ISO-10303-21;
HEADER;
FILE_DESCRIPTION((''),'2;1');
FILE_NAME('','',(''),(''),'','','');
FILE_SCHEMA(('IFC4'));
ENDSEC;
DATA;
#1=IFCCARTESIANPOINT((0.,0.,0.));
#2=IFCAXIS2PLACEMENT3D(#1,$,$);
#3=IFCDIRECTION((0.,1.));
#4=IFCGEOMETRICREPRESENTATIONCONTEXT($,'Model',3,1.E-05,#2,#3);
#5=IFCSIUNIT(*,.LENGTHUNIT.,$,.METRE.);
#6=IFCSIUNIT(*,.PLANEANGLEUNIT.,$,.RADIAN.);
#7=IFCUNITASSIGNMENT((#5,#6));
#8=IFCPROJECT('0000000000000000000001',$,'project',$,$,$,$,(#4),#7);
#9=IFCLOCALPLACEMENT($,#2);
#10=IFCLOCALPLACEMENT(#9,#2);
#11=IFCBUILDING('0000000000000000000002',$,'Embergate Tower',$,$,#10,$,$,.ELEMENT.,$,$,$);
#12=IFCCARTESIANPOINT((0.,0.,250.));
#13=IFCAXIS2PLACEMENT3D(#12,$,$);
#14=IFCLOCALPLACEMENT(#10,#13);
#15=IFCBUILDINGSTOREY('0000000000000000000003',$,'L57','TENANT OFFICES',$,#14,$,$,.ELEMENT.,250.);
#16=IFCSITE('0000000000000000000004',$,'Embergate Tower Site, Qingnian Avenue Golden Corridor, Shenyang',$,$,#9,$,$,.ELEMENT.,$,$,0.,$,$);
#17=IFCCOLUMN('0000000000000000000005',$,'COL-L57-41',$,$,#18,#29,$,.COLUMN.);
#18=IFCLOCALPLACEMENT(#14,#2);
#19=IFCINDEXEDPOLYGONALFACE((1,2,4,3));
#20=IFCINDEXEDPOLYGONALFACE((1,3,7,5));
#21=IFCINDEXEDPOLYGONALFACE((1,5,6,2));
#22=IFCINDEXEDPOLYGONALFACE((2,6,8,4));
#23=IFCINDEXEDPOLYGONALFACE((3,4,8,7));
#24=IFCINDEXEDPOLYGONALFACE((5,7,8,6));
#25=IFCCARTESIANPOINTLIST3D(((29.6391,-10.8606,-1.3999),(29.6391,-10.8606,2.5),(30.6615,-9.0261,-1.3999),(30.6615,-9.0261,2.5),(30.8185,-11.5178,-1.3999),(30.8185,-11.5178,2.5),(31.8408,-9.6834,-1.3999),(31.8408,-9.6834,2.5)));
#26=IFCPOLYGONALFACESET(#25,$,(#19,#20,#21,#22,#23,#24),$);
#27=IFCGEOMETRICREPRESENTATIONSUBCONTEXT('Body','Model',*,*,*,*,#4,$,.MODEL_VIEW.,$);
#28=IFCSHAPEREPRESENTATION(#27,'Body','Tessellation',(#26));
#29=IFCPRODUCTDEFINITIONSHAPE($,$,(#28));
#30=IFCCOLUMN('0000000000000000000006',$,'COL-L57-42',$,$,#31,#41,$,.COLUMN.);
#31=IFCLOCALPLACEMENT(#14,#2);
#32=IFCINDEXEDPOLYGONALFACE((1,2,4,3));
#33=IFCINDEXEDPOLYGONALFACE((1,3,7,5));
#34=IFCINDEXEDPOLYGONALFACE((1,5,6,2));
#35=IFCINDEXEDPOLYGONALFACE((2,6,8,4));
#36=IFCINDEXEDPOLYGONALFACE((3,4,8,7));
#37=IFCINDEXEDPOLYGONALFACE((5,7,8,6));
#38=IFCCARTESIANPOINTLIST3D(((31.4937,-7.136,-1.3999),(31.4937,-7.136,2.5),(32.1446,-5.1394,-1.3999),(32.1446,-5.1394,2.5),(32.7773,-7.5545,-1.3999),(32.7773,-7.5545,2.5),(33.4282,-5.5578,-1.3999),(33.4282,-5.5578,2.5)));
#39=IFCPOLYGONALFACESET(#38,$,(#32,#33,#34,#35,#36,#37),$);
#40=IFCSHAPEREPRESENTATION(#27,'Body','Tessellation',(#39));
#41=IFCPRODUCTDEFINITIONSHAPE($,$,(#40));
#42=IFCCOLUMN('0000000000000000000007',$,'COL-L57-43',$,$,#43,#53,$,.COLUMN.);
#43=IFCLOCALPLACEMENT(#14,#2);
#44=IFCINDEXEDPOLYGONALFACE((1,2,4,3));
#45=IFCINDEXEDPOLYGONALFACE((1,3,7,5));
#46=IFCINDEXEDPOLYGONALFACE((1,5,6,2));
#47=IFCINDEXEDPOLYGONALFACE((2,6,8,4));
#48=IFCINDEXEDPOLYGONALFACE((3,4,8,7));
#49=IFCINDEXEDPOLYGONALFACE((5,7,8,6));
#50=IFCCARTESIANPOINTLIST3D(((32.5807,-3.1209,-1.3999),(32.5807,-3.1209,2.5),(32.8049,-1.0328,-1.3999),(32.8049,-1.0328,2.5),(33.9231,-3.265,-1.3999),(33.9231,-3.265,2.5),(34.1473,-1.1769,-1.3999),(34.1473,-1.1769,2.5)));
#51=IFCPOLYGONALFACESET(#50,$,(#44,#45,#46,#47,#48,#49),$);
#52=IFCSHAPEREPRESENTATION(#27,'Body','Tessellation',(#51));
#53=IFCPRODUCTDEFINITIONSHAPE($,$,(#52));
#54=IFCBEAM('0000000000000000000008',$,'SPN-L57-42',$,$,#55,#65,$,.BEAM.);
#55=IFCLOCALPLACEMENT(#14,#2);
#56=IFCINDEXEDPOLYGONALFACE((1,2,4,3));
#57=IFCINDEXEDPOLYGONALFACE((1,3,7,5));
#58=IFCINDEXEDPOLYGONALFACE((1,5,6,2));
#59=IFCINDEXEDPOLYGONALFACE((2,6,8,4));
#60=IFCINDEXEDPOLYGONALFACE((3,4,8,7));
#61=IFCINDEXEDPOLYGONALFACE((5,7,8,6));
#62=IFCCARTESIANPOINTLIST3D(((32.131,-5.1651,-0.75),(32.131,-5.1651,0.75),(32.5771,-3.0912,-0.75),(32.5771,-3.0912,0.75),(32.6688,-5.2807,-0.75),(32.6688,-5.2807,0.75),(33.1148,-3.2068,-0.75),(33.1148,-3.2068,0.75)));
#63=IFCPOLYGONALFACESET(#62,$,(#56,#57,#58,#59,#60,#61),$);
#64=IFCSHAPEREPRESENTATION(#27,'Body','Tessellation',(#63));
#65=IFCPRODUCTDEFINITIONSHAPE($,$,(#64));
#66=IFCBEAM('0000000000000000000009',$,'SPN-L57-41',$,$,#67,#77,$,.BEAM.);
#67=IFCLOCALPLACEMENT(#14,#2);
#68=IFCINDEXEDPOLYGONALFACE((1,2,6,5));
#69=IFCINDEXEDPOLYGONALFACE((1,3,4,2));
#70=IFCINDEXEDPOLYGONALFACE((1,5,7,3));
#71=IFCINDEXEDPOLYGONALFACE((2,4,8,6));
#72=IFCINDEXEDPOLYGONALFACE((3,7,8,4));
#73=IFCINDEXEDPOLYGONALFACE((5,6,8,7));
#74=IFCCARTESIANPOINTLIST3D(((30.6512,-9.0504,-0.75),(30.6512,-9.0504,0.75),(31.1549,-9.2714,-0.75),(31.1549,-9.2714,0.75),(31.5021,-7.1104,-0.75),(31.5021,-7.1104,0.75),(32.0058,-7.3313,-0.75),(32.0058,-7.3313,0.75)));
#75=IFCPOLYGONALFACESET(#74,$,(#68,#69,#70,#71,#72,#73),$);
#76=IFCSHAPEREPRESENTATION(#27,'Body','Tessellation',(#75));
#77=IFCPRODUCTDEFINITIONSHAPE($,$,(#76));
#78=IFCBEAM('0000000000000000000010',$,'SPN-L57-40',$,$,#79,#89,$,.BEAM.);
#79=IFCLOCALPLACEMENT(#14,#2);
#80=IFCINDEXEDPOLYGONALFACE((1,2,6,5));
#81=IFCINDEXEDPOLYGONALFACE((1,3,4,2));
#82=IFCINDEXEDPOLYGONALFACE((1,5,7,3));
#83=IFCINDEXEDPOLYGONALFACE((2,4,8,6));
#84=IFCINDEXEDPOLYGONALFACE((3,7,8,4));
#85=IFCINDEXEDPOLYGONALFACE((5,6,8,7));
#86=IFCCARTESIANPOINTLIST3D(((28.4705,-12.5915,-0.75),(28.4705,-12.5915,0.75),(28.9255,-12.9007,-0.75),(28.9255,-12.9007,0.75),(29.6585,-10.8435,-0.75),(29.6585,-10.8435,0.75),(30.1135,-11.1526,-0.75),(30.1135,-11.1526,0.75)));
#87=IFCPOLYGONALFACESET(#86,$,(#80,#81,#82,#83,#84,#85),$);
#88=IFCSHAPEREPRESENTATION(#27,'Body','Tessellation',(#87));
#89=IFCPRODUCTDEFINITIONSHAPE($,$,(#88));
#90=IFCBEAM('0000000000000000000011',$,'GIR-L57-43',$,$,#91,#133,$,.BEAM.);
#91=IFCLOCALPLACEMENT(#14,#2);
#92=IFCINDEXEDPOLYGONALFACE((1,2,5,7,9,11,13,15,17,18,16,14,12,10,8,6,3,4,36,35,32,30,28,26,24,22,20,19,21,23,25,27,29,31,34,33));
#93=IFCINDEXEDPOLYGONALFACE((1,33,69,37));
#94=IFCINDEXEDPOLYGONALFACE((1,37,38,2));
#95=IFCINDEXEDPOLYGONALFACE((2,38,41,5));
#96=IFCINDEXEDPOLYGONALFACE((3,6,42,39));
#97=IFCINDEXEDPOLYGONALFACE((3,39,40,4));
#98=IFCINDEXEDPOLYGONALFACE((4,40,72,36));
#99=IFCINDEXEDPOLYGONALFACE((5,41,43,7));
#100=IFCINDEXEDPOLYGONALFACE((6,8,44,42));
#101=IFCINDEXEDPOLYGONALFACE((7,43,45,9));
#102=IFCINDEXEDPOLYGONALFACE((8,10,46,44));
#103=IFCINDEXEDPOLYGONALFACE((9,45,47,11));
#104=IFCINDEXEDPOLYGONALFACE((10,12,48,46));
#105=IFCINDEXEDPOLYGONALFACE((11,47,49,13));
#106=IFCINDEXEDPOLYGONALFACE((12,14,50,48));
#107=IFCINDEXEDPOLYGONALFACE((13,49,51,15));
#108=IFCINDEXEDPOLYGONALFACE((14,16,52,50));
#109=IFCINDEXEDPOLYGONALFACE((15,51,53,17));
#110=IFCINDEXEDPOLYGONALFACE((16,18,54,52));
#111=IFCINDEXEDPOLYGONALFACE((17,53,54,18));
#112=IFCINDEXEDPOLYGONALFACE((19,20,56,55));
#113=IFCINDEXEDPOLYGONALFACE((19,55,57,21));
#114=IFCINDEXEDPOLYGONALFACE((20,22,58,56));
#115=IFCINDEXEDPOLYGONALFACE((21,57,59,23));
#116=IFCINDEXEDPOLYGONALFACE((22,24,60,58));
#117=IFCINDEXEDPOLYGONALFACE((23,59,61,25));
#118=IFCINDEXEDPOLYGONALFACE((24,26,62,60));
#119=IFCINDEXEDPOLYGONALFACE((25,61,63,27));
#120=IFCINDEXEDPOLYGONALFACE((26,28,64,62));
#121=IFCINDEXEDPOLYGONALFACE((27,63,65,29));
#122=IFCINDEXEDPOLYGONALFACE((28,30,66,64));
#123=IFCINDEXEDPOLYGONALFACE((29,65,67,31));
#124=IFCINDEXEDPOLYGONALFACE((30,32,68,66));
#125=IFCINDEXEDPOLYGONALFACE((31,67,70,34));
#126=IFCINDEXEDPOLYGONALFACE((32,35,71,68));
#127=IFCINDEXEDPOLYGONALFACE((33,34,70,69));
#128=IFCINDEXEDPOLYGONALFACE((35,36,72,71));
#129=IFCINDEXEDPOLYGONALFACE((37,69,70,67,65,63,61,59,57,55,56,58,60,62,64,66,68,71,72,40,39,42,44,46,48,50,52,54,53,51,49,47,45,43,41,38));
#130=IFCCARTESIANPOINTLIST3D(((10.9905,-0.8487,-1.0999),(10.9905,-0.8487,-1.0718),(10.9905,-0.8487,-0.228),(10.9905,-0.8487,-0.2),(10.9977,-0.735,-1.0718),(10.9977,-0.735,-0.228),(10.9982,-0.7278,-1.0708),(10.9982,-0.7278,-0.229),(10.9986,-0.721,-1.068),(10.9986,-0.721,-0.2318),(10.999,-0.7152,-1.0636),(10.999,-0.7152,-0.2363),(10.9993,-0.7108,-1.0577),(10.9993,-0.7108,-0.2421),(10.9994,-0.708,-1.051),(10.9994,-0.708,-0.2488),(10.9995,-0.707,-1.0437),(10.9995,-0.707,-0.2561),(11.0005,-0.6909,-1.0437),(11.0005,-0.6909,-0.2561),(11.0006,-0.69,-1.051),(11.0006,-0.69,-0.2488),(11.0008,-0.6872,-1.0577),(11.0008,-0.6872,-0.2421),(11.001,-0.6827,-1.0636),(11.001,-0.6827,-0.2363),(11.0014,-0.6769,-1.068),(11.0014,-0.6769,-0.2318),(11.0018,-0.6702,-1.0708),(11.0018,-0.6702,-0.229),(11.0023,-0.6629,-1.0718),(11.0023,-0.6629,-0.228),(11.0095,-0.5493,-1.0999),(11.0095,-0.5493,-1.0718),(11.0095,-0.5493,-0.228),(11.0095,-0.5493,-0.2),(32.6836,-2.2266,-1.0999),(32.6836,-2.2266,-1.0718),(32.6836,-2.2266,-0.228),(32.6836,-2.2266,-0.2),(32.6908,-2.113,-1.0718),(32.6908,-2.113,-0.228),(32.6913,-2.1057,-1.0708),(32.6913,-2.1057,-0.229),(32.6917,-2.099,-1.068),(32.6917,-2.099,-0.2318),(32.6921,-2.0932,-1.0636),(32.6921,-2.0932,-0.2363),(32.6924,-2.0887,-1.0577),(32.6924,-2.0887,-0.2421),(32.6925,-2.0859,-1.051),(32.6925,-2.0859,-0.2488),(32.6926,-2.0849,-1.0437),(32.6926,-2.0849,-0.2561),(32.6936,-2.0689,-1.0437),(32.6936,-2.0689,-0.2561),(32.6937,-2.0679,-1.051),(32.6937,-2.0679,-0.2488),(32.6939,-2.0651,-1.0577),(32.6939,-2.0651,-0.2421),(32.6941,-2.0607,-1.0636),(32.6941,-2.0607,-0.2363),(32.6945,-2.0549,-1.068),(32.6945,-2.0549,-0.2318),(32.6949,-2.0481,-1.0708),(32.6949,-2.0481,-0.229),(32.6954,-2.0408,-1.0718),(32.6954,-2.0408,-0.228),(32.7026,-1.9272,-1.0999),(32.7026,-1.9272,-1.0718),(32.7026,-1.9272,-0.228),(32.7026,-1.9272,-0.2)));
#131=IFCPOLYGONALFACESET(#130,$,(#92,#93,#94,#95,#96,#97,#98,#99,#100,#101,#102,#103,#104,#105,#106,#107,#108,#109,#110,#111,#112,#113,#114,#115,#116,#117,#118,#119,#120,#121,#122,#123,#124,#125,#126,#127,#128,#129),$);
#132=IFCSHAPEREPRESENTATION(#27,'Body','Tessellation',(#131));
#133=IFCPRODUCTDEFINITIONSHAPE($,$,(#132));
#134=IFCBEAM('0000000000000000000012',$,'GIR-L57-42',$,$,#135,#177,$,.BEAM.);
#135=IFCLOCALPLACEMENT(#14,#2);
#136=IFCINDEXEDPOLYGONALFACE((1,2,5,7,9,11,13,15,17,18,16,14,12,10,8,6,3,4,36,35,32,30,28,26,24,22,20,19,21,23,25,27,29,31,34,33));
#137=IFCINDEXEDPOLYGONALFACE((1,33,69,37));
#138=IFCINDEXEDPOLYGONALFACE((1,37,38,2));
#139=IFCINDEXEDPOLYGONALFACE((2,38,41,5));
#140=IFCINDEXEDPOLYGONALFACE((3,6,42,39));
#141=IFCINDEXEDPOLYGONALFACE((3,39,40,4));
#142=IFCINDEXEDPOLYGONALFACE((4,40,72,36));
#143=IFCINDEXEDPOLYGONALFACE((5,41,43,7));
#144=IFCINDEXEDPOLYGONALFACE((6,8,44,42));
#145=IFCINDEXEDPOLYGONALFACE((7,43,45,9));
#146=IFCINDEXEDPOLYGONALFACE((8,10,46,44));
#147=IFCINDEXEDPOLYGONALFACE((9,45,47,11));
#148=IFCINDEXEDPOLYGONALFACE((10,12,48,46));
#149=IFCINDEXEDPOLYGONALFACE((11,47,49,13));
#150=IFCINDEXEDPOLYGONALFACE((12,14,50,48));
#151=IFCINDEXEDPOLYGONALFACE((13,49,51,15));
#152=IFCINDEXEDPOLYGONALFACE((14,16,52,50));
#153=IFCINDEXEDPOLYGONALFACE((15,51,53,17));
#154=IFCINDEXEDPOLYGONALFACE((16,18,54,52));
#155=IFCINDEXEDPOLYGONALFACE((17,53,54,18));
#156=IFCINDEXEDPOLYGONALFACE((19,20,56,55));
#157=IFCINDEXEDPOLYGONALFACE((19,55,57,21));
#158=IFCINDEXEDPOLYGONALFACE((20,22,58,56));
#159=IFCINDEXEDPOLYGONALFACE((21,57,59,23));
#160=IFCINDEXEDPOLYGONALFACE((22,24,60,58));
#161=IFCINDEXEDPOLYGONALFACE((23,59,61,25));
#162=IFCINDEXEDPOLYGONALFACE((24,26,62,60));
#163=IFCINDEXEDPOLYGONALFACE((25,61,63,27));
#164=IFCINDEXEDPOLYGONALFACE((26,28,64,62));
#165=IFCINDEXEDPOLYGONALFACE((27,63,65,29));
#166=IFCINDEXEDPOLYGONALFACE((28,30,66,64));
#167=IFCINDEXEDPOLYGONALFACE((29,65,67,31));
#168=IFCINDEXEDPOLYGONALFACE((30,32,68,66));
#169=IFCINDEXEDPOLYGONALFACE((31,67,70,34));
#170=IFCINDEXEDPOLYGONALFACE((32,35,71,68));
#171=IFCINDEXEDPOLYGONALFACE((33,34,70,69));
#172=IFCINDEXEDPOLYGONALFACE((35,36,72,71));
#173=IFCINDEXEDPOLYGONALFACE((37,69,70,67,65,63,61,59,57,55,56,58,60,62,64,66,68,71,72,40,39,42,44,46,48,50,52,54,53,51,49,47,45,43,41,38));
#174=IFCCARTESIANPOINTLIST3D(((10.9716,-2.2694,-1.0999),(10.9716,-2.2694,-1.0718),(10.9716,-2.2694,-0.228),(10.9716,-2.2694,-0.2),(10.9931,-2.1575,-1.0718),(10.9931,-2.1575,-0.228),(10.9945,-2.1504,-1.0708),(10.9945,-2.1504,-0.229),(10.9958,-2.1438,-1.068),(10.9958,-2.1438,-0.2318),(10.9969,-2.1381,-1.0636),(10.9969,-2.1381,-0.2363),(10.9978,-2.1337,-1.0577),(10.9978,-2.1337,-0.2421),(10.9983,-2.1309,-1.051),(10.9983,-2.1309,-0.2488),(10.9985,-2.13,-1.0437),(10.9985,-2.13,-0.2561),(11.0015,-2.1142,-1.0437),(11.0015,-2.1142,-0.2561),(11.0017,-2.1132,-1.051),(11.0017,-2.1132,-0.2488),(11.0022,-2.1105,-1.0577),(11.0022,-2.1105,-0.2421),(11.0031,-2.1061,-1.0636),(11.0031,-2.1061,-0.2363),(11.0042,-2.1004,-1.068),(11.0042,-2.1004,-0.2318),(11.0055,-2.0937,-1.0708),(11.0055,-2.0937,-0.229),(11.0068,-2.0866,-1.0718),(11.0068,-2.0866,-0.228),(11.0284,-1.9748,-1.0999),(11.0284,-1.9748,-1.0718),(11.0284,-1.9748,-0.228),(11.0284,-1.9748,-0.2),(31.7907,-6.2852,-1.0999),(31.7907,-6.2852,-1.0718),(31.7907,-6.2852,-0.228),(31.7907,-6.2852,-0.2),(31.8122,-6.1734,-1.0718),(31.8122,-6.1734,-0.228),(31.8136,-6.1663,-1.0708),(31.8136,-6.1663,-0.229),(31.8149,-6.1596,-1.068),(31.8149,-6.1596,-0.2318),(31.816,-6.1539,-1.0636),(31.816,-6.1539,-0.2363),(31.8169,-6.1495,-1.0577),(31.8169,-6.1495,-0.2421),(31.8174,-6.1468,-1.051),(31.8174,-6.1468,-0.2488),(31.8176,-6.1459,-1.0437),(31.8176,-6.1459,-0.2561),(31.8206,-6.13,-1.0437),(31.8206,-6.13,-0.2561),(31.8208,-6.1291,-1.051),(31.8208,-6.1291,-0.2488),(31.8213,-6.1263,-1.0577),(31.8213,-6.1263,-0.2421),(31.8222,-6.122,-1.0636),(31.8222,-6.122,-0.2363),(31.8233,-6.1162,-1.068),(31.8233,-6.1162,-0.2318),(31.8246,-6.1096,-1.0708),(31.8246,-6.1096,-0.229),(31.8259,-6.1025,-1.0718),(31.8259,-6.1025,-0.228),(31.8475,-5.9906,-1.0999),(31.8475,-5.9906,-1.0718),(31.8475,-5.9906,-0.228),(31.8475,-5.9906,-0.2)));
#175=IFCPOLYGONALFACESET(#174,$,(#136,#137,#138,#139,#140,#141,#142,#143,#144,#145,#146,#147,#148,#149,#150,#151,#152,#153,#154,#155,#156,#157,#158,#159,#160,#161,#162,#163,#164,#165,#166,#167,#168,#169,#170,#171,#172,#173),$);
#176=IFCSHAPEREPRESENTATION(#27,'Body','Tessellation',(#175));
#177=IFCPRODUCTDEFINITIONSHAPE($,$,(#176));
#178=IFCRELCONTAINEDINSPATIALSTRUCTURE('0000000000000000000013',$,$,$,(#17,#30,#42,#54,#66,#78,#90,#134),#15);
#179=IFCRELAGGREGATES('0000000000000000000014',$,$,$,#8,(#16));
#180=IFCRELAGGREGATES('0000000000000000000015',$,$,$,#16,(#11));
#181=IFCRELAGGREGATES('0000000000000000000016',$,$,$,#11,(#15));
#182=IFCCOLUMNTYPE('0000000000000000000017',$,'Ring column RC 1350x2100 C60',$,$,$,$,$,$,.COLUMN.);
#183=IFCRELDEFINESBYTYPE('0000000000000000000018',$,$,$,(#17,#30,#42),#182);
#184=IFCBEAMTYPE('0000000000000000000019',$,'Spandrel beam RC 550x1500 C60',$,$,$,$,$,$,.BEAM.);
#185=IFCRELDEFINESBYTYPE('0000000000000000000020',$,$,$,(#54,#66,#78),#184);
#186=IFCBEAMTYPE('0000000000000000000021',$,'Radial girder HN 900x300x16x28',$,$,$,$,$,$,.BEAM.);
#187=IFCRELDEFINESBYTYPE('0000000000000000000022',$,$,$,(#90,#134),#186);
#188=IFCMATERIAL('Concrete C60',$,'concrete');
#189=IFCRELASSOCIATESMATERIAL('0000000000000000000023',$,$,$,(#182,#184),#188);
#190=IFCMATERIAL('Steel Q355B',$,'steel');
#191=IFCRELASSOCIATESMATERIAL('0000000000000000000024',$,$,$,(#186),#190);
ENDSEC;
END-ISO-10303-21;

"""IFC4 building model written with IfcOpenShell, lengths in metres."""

from ifc_helpers import new_model, si_unit, direction, frame, origin, origin_2d, place, context, subcontext, project, spatial, rectangle, i_section, extrude, source, transform, mapped, material, material_profile, profile_set, type_object, element, save


model = new_model("IFC4")

# Units and contexts
model_context = context("Model", 3, precision=1e-05, world=origin(), true_north=direction((0.0, 1.0)))
body_context = subcontext(model_context, "Body", "Model", "MODEL_VIEW")
ifc_project = project(units=[si_unit("LENGTHUNIT", "METRE"), si_unit("PLANEANGLEUNIT", "RADIAN")], contexts=[model_context])

# Site, building, storey
site_placement = place(None, origin())
site = spatial("IfcSite", under=ifc_project, at=site_placement, Name="Embergate Tower Site, Qingnian Avenue Golden Corridor, Shenyang", CompositionType="ELEMENT", RefElevation=0.0)
building_placement = place(site_placement, origin())
building = spatial("IfcBuilding", under=site, at=building_placement, Name="Embergate Tower", CompositionType="ELEMENT")
storey_placement = place(building_placement, frame((0.0, 0.0, 250.0)))
storey = spatial("IfcBuildingStorey", under=building, at=storey_placement, Name="L57", Description="TENANT OFFICES", CompositionType="ELEMENT", Elevation=250.0)

# Columns
ifc_material_1 = material(Name="Concrete C60", Category="concrete")
ifc_material_profile_1 = material_profile(ifc_material_1, rectangle(XDim=1.3501, YDim=2.1001, at=origin_2d()), Name="RC 1350x2100")
ifc_profile_set_1 = profile_set([ifc_material_profile_1], Name="Concrete C60")
column_type = type_object("IfcColumnType", Name="Ring column RC 1350x2100 C60", PredefinedType="COLUMN", material=ifc_profile_set_1)
shared_shape_1 = source(origin(), body_context, "Body", "SweptSolid", [
    extrude(rectangle(XDim=1.3501, YDim=2.1001, at=origin_2d()), origin(), (0.0, 0.0, 1.0), 3.8999),
])
for number, where, z_axis, x_axis, name in (
    (1, (30.74, -10.272, -1.3999), (0.0, 0.0, 1.0), (0.8735, -0.486823, 0.0), "COL-L57-41"),
    (2, (32.4609, -6.3469, -1.3999), (0.0, 0.0, 1.0), (0.950754, -0.309946, 0.0), "COL-L57-42"),
    (3, (33.364, -2.1489, -1.3999), (0.0, 0.0, 1.0), (0.994286, -0.10675, 0.0), "COL-L57-43"),
):
    element("IfcColumn", number, at=place(storey_placement, frame(where, z_axis=z_axis, x_axis=x_axis)), inside=storey, type_object=column_type, Name=name, PredefinedType="COLUMN", context=body_context, shape_type="MappedRepresentation", body=[
        mapped(shared_shape_1, transform((0.0, 0.0, 0.0))),
    ])

# Beams
ifc_material_profile_2 = material_profile(ifc_material_1, rectangle(XDim=0.55, YDim=1.5, at=origin_2d()), Name="RC 550x1500")
ifc_profile_set_2 = profile_set([ifc_material_profile_2], Name="Concrete C60")
beam_type_1 = type_object("IfcBeamType", Name="Spandrel beam RC 550x1500 C60", PredefinedType="BEAM", material=ifc_profile_set_2)
shared_shape_2 = source(origin(), body_context, "Body", "SweptSolid", [
    extrude(rectangle(XDim=0.55, YDim=1.5, at=origin_2d()), origin(), (0.0, 0.0, 1.0), 2.1213),
])
beam_1_placement = place(storey_placement, frame((32.3999, -5.2229, 0.0), z_axis=(0.21026, 0.977646, 0.0), x_axis=(-0.977646, 0.21026, 0.0)))
element("IfcBeam", 4, at=beam_1_placement, inside=storey, type_object=beam_type_1, Name="SPN-L57-42", PredefinedType="BEAM", context=body_context, shape_type="MappedRepresentation", body=[
    mapped(shared_shape_2, transform((0.0, 0.0, 0.0))),
])
shared_shape_3 = source(origin(), body_context, "Body", "SweptSolid", [
    extrude(rectangle(XDim=0.55, YDim=1.5, at=origin_2d()), origin(), (0.0, 0.0, 1.0), 2.1184),
])
beam_2_placement = place(storey_placement, frame((30.9031, -9.1609, 0.0), z_axis=(0.401653, 0.915792, 0.0), x_axis=(-0.915792, 0.401653, 0.0)))
element("IfcBeam", 5, at=beam_2_placement, inside=storey, type_object=beam_type_1, Name="SPN-L57-41", PredefinedType="BEAM", context=body_context, shape_type="MappedRepresentation", body=[
    mapped(shared_shape_3, transform((0.0, 0.0, 0.0))),
])
shared_shape_4 = source(origin(), body_context, "Body", "SweptSolid", [
    extrude(rectangle(XDim=0.55, YDim=1.5, at=origin_2d()), origin(), (0.0, 0.0, 1.0), 2.1135),
])
beam_3_placement = place(storey_placement, frame((28.698, -12.7461, 0.0), z_axis=(0.562089, 0.827077, 0.0), x_axis=(-0.827077, 0.562089, 0.0)))
element("IfcBeam", 6, at=beam_3_placement, inside=storey, type_object=beam_type_1, Name="SPN-L57-40", PredefinedType="BEAM", context=body_context, shape_type="MappedRepresentation", body=[
    mapped(shared_shape_4, transform((0.0, 0.0, 0.0))),
])
ifc_material_2 = material(Name="Steel Q355B", Category="steel")
ifc_material_profile_3 = material_profile(ifc_material_2, i_section(OverallWidth=0.3, OverallDepth=0.8999, WebThickness=0.0161, FlangeThickness=0.0281, FilletRadius=0.0281, at=origin_2d()), Name="HN 900x300x16x28")
ifc_profile_set_3 = profile_set([ifc_material_profile_3], Name="Steel Q355 grade B")
beam_type_2 = type_object("IfcBeamType", Name="Radial girder HN 900x300x16x28", PredefinedType="BEAM", material=ifc_profile_set_3)
shared_shape_5 = source(origin(), body_context, "Body", "SweptSolid", [
    extrude(i_section(OverallWidth=0.3, OverallDepth=0.8999, WebThickness=0.0161, FlangeThickness=0.0281, FilletRadius=0.0281, at=origin_2d()), origin(), (0.0, 0.0, 1.0), 21.7368),
])
beam_4_placement = place(storey_placement, frame((32.6931, -2.0769, -0.6499), z_axis=(-0.997989, 0.063391, 0.0), x_axis=(-0.063391, -0.997989, 0.0)))
element("IfcBeam", 7, at=beam_4_placement, inside=storey, type_object=beam_type_2, Name="GIR-L57-43", PredefinedType="BEAM", context=body_context, shape_type="MappedRepresentation", body=[
    mapped(shared_shape_5, transform((0.0, 0.0, 0.0))),
])
shared_shape_6 = source(origin(), body_context, "Body", "SweptSolid", [
    extrude(i_section(OverallWidth=0.3, OverallDepth=0.8999, WebThickness=0.0161, FlangeThickness=0.0281, FilletRadius=0.0281, at=origin_2d()), origin(), (0.0, 0.0, 1.0), 21.2029),
])
beam_5_placement = place(storey_placement, frame((31.8191, -6.1379, -0.6499), z_axis=(-0.9819, 0.189402, 0.0), x_axis=(-0.189402, -0.9819, 0.0)))
element("IfcBeam", 8, at=beam_5_placement, inside=storey, type_object=beam_type_2, Name="GIR-L57-42", PredefinedType="BEAM", context=body_context, shape_type="MappedRepresentation", body=[
    mapped(shared_shape_6, transform((0.0, 0.0, 0.0))),
])

save(model, "model.ifc")
